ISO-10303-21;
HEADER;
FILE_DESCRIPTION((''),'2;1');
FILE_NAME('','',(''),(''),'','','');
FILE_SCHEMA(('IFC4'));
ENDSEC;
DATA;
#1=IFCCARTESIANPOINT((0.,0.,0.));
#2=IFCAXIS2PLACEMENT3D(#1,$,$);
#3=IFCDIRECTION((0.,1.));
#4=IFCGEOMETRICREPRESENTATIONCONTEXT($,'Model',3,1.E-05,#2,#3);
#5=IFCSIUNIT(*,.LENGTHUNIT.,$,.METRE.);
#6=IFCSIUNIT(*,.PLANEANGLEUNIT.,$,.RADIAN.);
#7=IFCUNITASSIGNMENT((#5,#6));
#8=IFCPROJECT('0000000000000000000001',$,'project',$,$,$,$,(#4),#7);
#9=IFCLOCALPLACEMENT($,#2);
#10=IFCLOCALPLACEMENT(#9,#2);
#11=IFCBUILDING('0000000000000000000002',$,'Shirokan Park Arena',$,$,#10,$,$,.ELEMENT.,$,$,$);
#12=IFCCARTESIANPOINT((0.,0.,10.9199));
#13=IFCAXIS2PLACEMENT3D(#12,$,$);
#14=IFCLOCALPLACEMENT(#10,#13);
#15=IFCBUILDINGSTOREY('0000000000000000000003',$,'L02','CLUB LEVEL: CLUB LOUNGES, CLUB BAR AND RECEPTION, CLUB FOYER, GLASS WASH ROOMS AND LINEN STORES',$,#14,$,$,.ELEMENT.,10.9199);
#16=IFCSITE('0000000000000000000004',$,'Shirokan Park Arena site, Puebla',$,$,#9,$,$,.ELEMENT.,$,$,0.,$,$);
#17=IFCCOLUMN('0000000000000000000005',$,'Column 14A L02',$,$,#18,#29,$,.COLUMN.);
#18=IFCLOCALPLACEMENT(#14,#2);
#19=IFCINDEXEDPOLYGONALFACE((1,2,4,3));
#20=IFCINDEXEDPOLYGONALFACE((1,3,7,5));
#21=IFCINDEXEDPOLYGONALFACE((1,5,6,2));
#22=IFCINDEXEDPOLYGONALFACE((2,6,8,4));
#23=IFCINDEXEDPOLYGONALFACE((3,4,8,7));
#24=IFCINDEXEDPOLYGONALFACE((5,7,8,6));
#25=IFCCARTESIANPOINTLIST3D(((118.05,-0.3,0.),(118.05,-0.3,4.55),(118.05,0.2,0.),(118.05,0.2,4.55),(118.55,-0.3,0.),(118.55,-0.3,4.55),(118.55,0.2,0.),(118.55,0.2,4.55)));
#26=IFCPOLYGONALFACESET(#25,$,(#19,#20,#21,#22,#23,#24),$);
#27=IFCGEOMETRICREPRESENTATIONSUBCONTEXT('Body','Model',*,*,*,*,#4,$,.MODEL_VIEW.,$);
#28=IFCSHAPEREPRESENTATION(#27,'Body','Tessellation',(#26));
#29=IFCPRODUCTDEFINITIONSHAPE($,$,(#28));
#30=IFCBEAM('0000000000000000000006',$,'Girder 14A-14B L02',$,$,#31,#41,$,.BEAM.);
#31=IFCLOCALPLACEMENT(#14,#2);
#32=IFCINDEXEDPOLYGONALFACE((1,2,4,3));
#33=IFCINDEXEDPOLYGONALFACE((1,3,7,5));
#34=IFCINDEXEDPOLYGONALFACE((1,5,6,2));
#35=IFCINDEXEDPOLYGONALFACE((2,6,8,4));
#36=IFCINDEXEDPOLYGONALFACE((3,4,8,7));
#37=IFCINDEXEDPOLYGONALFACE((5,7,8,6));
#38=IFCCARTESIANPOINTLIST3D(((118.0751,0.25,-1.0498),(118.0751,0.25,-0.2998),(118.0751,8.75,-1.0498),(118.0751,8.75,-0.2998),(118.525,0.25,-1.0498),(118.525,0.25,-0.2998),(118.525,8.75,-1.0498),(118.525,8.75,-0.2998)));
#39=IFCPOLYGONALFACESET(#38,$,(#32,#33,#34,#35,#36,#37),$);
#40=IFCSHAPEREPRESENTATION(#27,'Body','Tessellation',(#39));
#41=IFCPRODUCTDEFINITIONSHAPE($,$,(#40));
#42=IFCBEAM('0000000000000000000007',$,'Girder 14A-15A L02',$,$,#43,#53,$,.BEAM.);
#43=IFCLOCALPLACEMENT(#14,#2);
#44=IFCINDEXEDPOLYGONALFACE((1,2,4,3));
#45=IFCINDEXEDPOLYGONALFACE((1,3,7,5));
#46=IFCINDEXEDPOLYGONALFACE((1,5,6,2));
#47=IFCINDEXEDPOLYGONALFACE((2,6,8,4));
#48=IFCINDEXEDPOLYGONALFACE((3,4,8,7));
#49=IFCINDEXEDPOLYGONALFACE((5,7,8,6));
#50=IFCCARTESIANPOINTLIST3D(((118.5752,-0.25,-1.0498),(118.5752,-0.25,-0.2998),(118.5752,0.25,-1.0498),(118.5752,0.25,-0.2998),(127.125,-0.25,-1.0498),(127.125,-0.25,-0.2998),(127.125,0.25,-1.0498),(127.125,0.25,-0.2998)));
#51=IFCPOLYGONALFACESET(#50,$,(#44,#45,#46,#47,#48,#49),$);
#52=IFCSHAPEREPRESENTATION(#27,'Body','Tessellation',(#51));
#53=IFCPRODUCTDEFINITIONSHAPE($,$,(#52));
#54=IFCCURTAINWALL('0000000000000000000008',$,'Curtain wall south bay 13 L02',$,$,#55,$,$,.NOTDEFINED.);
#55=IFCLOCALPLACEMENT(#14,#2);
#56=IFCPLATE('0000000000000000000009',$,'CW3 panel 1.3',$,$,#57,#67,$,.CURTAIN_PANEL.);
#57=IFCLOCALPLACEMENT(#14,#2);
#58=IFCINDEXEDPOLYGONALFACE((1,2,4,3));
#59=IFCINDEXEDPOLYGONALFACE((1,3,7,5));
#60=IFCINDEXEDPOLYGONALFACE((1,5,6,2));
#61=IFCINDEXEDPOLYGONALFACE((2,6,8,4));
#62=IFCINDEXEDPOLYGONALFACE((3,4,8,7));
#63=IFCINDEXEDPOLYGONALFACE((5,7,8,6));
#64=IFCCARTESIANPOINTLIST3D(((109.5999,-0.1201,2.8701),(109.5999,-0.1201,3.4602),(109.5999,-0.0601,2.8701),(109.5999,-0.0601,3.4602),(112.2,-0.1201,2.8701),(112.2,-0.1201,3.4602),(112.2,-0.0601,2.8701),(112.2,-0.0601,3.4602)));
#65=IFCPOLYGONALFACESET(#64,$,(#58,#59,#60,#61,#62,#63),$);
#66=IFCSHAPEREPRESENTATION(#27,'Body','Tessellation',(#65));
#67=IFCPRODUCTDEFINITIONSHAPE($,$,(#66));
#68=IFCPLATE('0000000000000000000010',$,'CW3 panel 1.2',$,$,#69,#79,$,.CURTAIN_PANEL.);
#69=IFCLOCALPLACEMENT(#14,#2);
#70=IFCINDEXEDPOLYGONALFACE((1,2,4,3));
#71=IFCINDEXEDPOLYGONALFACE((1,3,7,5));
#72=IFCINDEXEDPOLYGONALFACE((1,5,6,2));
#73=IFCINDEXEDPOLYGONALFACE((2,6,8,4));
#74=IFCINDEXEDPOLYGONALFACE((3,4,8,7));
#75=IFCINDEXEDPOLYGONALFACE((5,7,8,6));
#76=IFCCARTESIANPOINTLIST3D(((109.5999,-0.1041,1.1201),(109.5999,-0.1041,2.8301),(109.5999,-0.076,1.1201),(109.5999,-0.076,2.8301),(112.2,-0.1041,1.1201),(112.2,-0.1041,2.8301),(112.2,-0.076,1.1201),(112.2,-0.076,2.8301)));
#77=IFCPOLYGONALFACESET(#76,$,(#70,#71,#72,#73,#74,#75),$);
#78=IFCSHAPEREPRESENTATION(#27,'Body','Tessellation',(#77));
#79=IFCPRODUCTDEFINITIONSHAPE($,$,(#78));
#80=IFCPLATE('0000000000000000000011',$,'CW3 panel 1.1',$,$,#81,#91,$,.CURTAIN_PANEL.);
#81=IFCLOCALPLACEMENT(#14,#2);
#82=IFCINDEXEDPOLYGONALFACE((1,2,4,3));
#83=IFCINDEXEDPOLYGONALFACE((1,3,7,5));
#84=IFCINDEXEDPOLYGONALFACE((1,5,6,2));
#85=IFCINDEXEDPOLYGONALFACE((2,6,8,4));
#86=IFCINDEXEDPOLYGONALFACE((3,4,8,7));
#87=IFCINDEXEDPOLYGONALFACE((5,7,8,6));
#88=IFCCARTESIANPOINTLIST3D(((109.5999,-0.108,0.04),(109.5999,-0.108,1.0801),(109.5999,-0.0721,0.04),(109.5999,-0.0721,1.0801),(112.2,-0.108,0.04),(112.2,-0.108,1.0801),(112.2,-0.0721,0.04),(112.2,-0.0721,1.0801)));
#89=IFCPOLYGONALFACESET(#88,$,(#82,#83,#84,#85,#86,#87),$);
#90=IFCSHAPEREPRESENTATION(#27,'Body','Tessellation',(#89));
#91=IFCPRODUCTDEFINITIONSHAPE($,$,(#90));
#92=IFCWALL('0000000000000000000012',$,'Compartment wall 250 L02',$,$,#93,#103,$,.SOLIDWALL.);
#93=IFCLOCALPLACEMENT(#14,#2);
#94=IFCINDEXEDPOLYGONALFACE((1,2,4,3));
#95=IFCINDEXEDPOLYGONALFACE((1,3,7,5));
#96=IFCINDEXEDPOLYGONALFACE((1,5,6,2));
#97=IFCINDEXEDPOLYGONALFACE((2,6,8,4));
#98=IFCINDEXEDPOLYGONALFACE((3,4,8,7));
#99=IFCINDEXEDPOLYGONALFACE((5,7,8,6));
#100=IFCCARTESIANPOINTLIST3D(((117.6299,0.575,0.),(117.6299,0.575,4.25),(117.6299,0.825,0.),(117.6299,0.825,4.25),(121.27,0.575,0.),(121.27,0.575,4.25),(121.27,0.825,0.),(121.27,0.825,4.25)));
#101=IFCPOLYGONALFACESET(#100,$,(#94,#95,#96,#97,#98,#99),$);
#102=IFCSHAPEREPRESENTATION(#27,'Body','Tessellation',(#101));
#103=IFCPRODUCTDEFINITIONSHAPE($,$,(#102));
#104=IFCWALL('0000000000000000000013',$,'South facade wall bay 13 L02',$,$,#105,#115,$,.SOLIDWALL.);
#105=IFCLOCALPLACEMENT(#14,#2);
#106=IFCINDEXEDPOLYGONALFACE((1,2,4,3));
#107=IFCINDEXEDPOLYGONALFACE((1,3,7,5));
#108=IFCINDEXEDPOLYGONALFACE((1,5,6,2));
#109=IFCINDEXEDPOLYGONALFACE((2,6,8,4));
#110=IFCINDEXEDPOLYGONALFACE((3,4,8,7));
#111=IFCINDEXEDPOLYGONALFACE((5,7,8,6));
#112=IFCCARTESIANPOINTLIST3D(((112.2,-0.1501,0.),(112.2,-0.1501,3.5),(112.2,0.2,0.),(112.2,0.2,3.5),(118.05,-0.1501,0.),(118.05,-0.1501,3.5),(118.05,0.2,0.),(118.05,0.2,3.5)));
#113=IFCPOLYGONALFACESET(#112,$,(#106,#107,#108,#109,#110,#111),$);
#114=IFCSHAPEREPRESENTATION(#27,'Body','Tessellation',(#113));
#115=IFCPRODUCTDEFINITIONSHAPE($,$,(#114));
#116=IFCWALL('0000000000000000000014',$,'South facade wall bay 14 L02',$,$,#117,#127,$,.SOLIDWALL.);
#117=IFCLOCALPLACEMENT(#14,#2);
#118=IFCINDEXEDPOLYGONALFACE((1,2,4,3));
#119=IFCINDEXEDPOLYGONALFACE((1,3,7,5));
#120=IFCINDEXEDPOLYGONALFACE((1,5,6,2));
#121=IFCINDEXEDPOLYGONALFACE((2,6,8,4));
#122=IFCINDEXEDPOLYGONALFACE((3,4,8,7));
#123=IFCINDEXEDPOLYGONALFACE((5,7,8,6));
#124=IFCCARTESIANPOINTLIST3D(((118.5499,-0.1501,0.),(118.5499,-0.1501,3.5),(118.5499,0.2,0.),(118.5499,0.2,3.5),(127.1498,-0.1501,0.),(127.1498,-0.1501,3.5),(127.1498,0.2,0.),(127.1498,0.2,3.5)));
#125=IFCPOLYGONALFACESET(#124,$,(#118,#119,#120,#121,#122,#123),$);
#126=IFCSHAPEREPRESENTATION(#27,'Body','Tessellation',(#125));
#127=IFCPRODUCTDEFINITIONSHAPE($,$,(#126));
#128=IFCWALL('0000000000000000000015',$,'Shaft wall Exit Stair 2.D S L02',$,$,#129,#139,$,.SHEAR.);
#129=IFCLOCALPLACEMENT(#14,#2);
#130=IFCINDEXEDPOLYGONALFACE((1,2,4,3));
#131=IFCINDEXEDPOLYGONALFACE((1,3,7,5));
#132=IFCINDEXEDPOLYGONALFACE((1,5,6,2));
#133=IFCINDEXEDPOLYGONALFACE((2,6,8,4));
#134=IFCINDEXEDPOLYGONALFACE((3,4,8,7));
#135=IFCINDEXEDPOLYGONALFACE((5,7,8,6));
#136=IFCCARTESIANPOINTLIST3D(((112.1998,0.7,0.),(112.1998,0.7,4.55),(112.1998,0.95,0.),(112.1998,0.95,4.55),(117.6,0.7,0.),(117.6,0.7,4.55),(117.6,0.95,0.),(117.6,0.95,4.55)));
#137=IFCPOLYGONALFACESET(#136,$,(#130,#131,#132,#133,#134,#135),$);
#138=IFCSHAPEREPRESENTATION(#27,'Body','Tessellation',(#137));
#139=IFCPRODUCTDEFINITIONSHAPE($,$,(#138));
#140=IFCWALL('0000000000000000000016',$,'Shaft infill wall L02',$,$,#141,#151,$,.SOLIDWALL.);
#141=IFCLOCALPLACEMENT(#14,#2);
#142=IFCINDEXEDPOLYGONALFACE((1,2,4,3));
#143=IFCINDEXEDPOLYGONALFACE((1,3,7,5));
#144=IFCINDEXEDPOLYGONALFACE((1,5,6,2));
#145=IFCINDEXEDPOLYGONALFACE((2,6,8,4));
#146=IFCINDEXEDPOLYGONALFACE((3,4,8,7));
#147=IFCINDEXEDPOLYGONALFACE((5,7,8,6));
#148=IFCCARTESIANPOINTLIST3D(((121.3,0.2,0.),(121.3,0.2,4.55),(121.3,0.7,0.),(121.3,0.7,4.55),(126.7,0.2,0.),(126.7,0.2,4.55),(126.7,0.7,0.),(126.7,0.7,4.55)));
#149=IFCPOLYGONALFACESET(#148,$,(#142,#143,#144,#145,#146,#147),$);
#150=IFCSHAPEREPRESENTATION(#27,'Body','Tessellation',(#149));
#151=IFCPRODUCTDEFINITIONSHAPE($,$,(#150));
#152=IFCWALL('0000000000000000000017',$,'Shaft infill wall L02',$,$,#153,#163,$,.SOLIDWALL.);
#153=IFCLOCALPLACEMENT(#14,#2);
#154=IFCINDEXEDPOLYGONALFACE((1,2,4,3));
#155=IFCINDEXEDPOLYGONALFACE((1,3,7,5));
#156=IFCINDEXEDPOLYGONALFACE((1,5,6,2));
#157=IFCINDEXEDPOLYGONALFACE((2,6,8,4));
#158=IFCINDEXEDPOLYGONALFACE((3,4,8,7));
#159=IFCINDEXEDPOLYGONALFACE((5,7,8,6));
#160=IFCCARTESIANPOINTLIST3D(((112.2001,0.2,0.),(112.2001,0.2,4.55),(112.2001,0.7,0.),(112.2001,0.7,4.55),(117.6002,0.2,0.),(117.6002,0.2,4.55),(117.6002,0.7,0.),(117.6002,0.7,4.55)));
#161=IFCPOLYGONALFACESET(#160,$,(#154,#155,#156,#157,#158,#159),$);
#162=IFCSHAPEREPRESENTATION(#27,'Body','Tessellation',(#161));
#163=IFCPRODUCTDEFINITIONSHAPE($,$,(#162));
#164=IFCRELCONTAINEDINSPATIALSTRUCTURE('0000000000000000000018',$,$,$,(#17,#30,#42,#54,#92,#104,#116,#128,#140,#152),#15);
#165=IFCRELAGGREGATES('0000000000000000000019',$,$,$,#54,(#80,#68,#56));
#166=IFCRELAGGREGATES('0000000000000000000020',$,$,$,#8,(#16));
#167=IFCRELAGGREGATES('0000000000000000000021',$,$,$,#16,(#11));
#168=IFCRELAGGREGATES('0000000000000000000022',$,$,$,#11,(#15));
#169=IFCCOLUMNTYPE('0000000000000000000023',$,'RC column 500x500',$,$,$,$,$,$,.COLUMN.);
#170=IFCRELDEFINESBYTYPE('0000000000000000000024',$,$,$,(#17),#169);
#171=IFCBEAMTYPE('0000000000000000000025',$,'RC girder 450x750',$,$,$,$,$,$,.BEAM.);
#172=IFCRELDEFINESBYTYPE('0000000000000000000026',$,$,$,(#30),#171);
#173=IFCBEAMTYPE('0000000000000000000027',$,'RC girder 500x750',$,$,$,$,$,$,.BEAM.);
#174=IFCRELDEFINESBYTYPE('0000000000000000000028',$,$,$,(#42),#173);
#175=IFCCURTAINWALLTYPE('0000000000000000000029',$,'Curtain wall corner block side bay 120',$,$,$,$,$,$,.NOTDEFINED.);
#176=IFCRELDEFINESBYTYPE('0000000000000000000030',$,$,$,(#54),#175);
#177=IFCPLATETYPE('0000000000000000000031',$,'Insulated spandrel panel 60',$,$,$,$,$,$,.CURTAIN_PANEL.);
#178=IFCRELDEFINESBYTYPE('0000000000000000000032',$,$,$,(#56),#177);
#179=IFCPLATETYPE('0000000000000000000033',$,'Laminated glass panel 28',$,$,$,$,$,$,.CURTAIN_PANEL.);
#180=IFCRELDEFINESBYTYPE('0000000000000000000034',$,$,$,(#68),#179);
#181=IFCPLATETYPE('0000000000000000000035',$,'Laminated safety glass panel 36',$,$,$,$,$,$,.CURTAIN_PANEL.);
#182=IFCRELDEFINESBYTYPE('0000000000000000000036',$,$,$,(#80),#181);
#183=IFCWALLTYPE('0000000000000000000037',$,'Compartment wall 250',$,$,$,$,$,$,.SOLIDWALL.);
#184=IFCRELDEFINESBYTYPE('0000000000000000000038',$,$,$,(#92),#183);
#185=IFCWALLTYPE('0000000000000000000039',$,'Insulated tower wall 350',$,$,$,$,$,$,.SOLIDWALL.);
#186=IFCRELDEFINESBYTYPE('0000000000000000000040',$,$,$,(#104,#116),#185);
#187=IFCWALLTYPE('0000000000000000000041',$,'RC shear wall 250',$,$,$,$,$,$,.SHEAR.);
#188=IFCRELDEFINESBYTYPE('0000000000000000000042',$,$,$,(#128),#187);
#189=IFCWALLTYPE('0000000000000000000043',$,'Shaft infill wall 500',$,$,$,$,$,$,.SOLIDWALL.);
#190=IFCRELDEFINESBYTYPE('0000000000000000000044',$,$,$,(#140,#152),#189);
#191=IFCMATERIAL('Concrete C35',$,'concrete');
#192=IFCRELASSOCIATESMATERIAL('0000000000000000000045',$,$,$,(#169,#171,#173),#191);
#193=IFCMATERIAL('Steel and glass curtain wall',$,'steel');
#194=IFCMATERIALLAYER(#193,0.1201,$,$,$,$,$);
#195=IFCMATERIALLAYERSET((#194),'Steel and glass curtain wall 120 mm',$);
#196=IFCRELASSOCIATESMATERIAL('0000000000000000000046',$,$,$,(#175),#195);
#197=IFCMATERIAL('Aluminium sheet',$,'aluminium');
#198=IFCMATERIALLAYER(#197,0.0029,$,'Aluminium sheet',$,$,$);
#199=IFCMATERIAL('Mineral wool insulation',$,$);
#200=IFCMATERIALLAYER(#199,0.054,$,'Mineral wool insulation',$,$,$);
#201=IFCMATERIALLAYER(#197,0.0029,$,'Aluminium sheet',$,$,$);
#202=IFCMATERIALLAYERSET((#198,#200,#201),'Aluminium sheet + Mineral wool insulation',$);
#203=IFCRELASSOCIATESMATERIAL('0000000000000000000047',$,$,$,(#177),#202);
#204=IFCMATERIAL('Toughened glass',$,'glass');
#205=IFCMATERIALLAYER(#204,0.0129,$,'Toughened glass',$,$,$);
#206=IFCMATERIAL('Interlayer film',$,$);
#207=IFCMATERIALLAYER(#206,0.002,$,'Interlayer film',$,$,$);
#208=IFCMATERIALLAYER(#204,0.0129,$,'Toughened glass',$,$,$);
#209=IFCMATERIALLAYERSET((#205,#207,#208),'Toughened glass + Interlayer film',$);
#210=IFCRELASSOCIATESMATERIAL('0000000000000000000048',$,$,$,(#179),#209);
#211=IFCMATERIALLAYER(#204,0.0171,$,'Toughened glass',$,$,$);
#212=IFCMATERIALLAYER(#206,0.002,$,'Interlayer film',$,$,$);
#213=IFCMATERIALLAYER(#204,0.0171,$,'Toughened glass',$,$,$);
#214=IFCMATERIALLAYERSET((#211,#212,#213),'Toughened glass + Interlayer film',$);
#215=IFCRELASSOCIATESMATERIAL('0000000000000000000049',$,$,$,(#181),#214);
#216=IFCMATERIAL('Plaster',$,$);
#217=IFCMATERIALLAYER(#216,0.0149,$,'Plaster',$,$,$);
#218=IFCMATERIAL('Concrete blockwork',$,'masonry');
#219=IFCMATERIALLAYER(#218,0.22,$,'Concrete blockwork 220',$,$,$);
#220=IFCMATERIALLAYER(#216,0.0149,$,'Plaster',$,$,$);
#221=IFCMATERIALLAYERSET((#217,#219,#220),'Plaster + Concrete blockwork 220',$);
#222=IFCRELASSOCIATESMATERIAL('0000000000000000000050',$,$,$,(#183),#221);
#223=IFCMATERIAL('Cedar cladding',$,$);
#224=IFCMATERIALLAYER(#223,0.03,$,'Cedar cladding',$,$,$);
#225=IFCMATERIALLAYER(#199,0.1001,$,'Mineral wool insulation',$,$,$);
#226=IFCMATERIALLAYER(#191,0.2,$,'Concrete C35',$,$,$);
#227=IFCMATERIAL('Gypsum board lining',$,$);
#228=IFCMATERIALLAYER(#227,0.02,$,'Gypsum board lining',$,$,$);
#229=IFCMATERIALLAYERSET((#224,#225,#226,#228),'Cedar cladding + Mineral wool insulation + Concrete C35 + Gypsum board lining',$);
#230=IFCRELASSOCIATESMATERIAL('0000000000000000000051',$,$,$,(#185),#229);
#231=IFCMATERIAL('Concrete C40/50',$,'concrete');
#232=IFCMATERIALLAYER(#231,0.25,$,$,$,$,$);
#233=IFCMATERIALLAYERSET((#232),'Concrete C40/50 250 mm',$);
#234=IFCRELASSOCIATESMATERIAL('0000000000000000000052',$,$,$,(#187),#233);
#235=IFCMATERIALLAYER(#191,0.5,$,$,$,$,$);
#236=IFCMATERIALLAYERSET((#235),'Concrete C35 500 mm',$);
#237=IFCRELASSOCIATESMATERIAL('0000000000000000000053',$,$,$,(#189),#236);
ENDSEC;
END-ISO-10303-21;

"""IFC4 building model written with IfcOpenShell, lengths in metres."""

from ifc_helpers import new_model, si_unit, direction, frame, frame_2d, origin, origin_2d, place, context, subcontext, project, spatial, rectangle, extrude, material, layer, layer_set, material_profile, profile_set, type_object, element, aggregate, save


model = new_model("IFC4")

# Units and contexts
model_context = context("Model", 3, precision=1e-05, world=origin(), true_north=direction((0.0, 1.0)))
body_context = subcontext(model_context, "Body", "Model", "MODEL_VIEW")
ifc_project = project(units=[si_unit("LENGTHUNIT", "METRE"), si_unit("PLANEANGLEUNIT", "RADIAN")], contexts=[model_context])

# Site, building, storey
site_placement = place(None, origin())
site = spatial("IfcSite", under=ifc_project, at=site_placement, Name="Shirokan Park Arena site, Puebla", CompositionType="ELEMENT", RefElevation=0.0)
building_placement = place(site_placement, origin())
building = spatial("IfcBuilding", under=site, at=building_placement, Name="Shirokan Park Arena", CompositionType="ELEMENT")
storey_placement = place(building_placement, frame((0.0, 0.0, 10.9199)))
storey = spatial("IfcBuildingStorey", under=building, at=storey_placement, Name="L02", Description="CLUB LEVEL: CLUB LOUNGES, CLUB BAR AND RECEPTION, CLUB FOYER, GLASS WASH ROOMS AND LINEN STORES", CompositionType="ELEMENT", Elevation=10.9199)

# Column
ifc_material_1 = material(Name="Concrete C35", Category="concrete")
ifc_material_profile_1 = material_profile(ifc_material_1, rectangle(XDim=0.5, YDim=0.5, at=origin_2d()), Name="500x500")
ifc_profile_set_1 = profile_set([ifc_material_profile_1], Name="Concrete C35")
column_type = type_object("IfcColumnType", Name="RC column 500x500", PredefinedType="COLUMN", material=ifc_profile_set_1)
column_placement = place(storey_placement, frame((118.3, -0.05, 0.0), z_axis=(0.0, 0.0, 1.0), x_axis=(1.0, 0.0, 0.0)))
element("IfcColumn", 1, at=column_placement, inside=storey, type_object=column_type, Name="Column 14A L02", PredefinedType="COLUMN", context=body_context, shape_type="SweptSolid", body=[
    extrude(rectangle(XDim=0.5, YDim=0.5, at=origin_2d()), origin(), (0.0, 0.0, 1.0), 4.55),
])

# Beams
ifc_material_profile_2 = material_profile(ifc_material_1, rectangle(XDim=0.45, YDim=0.75, at=origin_2d()), Name="450x750")
ifc_profile_set_2 = profile_set([ifc_material_profile_2], Name="Concrete C35")
beam_type_1 = type_object("IfcBeamType", Name="RC girder 450x750", PredefinedType="BEAM", material=ifc_profile_set_2)
beam_1_placement = place(storey_placement, frame((118.3, 0.25, -0.6748), z_axis=(0.0, 1.0, 0.0), x_axis=(-1.0, 0.0, 0.0)))
element("IfcBeam", 2, at=beam_1_placement, inside=storey, type_object=beam_type_1, Name="Girder 14A-14B L02", PredefinedType="BEAM", context=body_context, shape_type="SweptSolid", body=[
    extrude(rectangle(XDim=0.45, YDim=0.75, at=origin_2d()), origin(), (0.0, 0.0, 1.0), 8.5),
])
ifc_material_profile_3 = material_profile(ifc_material_1, rectangle(XDim=0.5, YDim=0.75, at=origin_2d()), Name="500x750")
ifc_profile_set_3 = profile_set([ifc_material_profile_3], Name="Concrete C35")
beam_type_2 = type_object("IfcBeamType", Name="RC girder 500x750", PredefinedType="BEAM", material=ifc_profile_set_3)
beam_2_placement = place(storey_placement, frame((118.5752, 0.0, -0.6748), z_axis=(1.0, 0.0, 0.0), x_axis=(0.0, 1.0, 0.0)))
element("IfcBeam", 3, at=beam_2_placement, inside=storey, type_object=beam_type_2, Name="Girder 14A-15A L02", PredefinedType="BEAM", context=body_context, shape_type="SweptSolid", body=[
    extrude(rectangle(XDim=0.5, YDim=0.75, at=origin_2d()), origin(), (0.0, 0.0, 1.0), 8.5498),
])

# Curtain wall, plates
ifc_material_2 = material(Name="Steel and glass curtain wall", Category="steel")
ifc_layer_1 = layer(ifc_material_2, 0.1201)
ifc_layer_set_1 = layer_set([ifc_layer_1], Name="Steel and glass curtain wall 120 mm")
curtain_wall_type = type_object("IfcCurtainWallType", Name="Curtain wall corner block side bay 120", PredefinedType="NOTDEFINED", material=ifc_layer_set_1)
curtain_wall_placement = place(storey_placement, origin())
curtain_wall = element("IfcCurtainWall", 4, at=curtain_wall_placement, inside=storey, type_object=curtain_wall_type, Name="Curtain wall south bay 13 L02", PredefinedType="NOTDEFINED")
ifc_material_3 = material(Name="Aluminium sheet", Category="aluminium")
ifc_layer_2 = layer(ifc_material_3, 0.0029, Name="Aluminium sheet")
ifc_material_4 = material(Name="Mineral wool insulation")
ifc_layer_3 = layer(ifc_material_4, 0.054, Name="Mineral wool insulation")
ifc_layer_4 = layer(ifc_material_3, 0.0029, Name="Aluminium sheet")
ifc_layer_set_2 = layer_set([ifc_layer_2, ifc_layer_3, ifc_layer_4], Name="Aluminium sheet + Mineral wool insulation")
plate_type_1 = type_object("IfcPlateType", Name="Insulated spandrel panel 60", PredefinedType="CURTAIN_PANEL", material=ifc_layer_set_2)
plate_1_placement = place(storey_placement, frame((110.8999, -0.0901, 2.8701), z_axis=(0.0, 0.0, 1.0), x_axis=(1.0, 0.0, 0.0)))
plate_1 = element("IfcPlate", 5, at=plate_1_placement, type_object=plate_type_1, Name="CW3 panel 1.3", PredefinedType="CURTAIN_PANEL", context=body_context, shape_type="SweptSolid", body=[
    extrude(rectangle(XDim=2.6001, YDim=0.0601, at=origin_2d()), origin(), (0.0, 0.0, 1.0), 0.5901),
])
ifc_material_5 = material(Name="Toughened glass", Category="glass")
ifc_layer_5 = layer(ifc_material_5, 0.0129, Name="Toughened glass")
ifc_material_6 = material(Name="Interlayer film")
ifc_layer_6 = layer(ifc_material_6, 0.002, Name="Interlayer film")
ifc_layer_7 = layer(ifc_material_5, 0.0129, Name="Toughened glass")
ifc_layer_set_3 = layer_set([ifc_layer_5, ifc_layer_6, ifc_layer_7], Name="Toughened glass + Interlayer film")
plate_type_2 = type_object("IfcPlateType", Name="Laminated glass panel 28", PredefinedType="CURTAIN_PANEL", material=ifc_layer_set_3)
plate_2_placement = place(storey_placement, frame((110.8999, -0.0901, 1.1201), z_axis=(0.0, 0.0, 1.0), x_axis=(1.0, 0.0, 0.0)))
plate_2 = element("IfcPlate", 6, at=plate_2_placement, type_object=plate_type_2, Name="CW3 panel 1.2", PredefinedType="CURTAIN_PANEL", context=body_context, shape_type="SweptSolid", body=[
    extrude(rectangle(XDim=2.6001, YDim=0.0281, at=origin_2d()), origin(), (0.0, 0.0, 1.0), 1.71),
])
ifc_layer_8 = layer(ifc_material_5, 0.0171, Name="Toughened glass")
ifc_layer_9 = layer(ifc_material_6, 0.002, Name="Interlayer film")
ifc_layer_10 = layer(ifc_material_5, 0.0171, Name="Toughened glass")
ifc_layer_set_4 = layer_set([ifc_layer_8, ifc_layer_9, ifc_layer_10], Name="Toughened glass + Interlayer film")
plate_type_3 = type_object("IfcPlateType", Name="Laminated safety glass panel 36", PredefinedType="CURTAIN_PANEL", material=ifc_layer_set_4)
plate_3_placement = place(storey_placement, frame((110.8999, -0.0901, 0.04), z_axis=(0.0, 0.0, 1.0), x_axis=(1.0, 0.0, 0.0)))
plate_3 = element("IfcPlate", 7, at=plate_3_placement, type_object=plate_type_3, Name="CW3 panel 1.1", PredefinedType="CURTAIN_PANEL", context=body_context, shape_type="SweptSolid", body=[
    extrude(rectangle(XDim=2.6001, YDim=0.0359, at=origin_2d()), origin(), (0.0, 0.0, 1.0), 1.04),
])
aggregate(curtain_wall, [plate_3, plate_2, plate_1])

# Walls
ifc_material_7 = material(Name="Plaster")
ifc_layer_11 = layer(ifc_material_7, 0.0149, Name="Plaster")
ifc_material_8 = material(Name="Concrete blockwork", Category="masonry")
ifc_layer_12 = layer(ifc_material_8, 0.22, Name="Concrete blockwork 220")
ifc_layer_13 = layer(ifc_material_7, 0.0149, Name="Plaster")
ifc_layer_set_5 = layer_set([ifc_layer_11, ifc_layer_12, ifc_layer_13], Name="Plaster + Concrete blockwork 220")
wall_type_1 = type_object("IfcWallType", Name="Compartment wall 250", PredefinedType="SOLIDWALL", material=ifc_layer_set_5)
wall_1_placement = place(storey_placement, frame((121.27, 0.7, 0.0), z_axis=(0.0, 0.0, 1.0), x_axis=(-1.0, 0.0, 0.0)))
element("IfcWall", 8, at=wall_1_placement, inside=storey, type_object=wall_type_1, Name="Compartment wall 250 L02", PredefinedType="SOLIDWALL", context=body_context, shape_type="SweptSolid", body=[
    extrude(rectangle(XDim=3.6401, YDim=0.25, at=frame_2d((1.8201, 0.0))), origin(), (0.0, 0.0, 1.0), 4.25),
])
ifc_material_9 = material(Name="Cedar cladding")
ifc_layer_14 = layer(ifc_material_9, 0.03, Name="Cedar cladding")
ifc_layer_15 = layer(ifc_material_4, 0.1001, Name="Mineral wool insulation")
ifc_layer_16 = layer(ifc_material_1, 0.2, Name="Concrete C35")
ifc_material_10 = material(Name="Gypsum board lining")
ifc_layer_17 = layer(ifc_material_10, 0.02, Name="Gypsum board lining")
ifc_layer_set_6 = layer_set([ifc_layer_14, ifc_layer_15, ifc_layer_16, ifc_layer_17], Name="Cedar cladding + Mineral wool insulation + Concrete C35 + Gypsum board lining")
wall_type_2 = type_object("IfcWallType", Name="Insulated tower wall 350", PredefinedType="SOLIDWALL", material=ifc_layer_set_6)
wall_2_placement = place(storey_placement, frame((112.2, 0.0249, 0.0), z_axis=(0.0, 0.0, 1.0), x_axis=(1.0, 0.0, 0.0)))
element("IfcWall", 9, at=wall_2_placement, inside=storey, type_object=wall_type_2, Name="South facade wall bay 13 L02", PredefinedType="SOLIDWALL", context=body_context, shape_type="SweptSolid", body=[
    extrude(rectangle(XDim=5.8501, YDim=0.3501, at=frame_2d((2.925, 0.0))), origin(), (0.0, 0.0, 1.0), 3.5),
])
wall_3_placement = place(storey_placement, frame((118.55, 0.0249, 0.0), z_axis=(0.0, 0.0, 1.0), x_axis=(1.0, 0.0, 0.0)))
element("IfcWall", 10, at=wall_3_placement, inside=storey, type_object=wall_type_2, Name="South facade wall bay 14 L02", PredefinedType="SOLIDWALL", context=body_context, shape_type="SweptSolid", body=[
    extrude(rectangle(XDim=8.5999, YDim=0.3501, at=frame_2d((4.2998, 0.0))), origin(), (0.0, 0.0, 1.0), 3.5),
])
ifc_material_11 = material(Name="Concrete C40/50", Category="concrete")
ifc_layer_18 = layer(ifc_material_11, 0.25)
ifc_layer_set_7 = layer_set([ifc_layer_18], Name="Concrete C40/50 250 mm")
wall_type_3 = type_object("IfcWallType", Name="RC shear wall 250", PredefinedType="SHEAR", material=ifc_layer_set_7)
wall_4_placement = place(storey_placement, frame((117.6001, 0.825, 0.0), z_axis=(0.0, 0.0, 1.0), x_axis=(-1.0, 0.0, 0.0)))
element("IfcWall", 11, at=wall_4_placement, inside=storey, type_object=wall_type_3, Name="Shaft wall Exit Stair 2.D S L02", PredefinedType="SHEAR", context=body_context, shape_type="SweptSolid", body=[
    extrude(rectangle(XDim=5.4001, YDim=0.25, at=frame_2d((2.7002, 0.0))), origin(), (0.0, 0.0, 1.0), 4.55),
])
ifc_layer_19 = layer(ifc_material_1, 0.5)
ifc_layer_set_8 = layer_set([ifc_layer_19], Name="Concrete C35 500 mm")
wall_type_4 = type_object("IfcWallType", Name="Shaft infill wall 500", PredefinedType="SOLIDWALL", material=ifc_layer_set_8)
wall_5_placement = place(storey_placement, frame((121.3, 0.45, 0.0), z_axis=(0.0, 0.0, 1.0), x_axis=(1.0, 0.0, 0.0)))
element("IfcWall", 12, at=wall_5_placement, inside=storey, type_object=wall_type_4, Name="Shaft infill wall L02", PredefinedType="SOLIDWALL", context=body_context, shape_type="SweptSolid", body=[
    extrude(rectangle(XDim=5.3999, YDim=0.5, at=frame_2d((2.7, 0.0))), origin(), (0.0, 0.0, 1.0), 4.55),
])
wall_6_placement = place(storey_placement, frame((112.2, 0.45, 0.0), z_axis=(0.0, 0.0, 1.0), x_axis=(1.0, 0.0, 0.0)))
element("IfcWall", 13, at=wall_6_placement, inside=storey, type_object=wall_type_4, Name="Shaft infill wall L02", PredefinedType="SOLIDWALL", context=body_context, shape_type="SweptSolid", body=[
    extrude(rectangle(XDim=5.4001, YDim=0.5, at=frame_2d((2.7002, 0.0))), origin(), (0.0, 0.0, 1.0), 4.55),
])

save(model, "model.ifc")
